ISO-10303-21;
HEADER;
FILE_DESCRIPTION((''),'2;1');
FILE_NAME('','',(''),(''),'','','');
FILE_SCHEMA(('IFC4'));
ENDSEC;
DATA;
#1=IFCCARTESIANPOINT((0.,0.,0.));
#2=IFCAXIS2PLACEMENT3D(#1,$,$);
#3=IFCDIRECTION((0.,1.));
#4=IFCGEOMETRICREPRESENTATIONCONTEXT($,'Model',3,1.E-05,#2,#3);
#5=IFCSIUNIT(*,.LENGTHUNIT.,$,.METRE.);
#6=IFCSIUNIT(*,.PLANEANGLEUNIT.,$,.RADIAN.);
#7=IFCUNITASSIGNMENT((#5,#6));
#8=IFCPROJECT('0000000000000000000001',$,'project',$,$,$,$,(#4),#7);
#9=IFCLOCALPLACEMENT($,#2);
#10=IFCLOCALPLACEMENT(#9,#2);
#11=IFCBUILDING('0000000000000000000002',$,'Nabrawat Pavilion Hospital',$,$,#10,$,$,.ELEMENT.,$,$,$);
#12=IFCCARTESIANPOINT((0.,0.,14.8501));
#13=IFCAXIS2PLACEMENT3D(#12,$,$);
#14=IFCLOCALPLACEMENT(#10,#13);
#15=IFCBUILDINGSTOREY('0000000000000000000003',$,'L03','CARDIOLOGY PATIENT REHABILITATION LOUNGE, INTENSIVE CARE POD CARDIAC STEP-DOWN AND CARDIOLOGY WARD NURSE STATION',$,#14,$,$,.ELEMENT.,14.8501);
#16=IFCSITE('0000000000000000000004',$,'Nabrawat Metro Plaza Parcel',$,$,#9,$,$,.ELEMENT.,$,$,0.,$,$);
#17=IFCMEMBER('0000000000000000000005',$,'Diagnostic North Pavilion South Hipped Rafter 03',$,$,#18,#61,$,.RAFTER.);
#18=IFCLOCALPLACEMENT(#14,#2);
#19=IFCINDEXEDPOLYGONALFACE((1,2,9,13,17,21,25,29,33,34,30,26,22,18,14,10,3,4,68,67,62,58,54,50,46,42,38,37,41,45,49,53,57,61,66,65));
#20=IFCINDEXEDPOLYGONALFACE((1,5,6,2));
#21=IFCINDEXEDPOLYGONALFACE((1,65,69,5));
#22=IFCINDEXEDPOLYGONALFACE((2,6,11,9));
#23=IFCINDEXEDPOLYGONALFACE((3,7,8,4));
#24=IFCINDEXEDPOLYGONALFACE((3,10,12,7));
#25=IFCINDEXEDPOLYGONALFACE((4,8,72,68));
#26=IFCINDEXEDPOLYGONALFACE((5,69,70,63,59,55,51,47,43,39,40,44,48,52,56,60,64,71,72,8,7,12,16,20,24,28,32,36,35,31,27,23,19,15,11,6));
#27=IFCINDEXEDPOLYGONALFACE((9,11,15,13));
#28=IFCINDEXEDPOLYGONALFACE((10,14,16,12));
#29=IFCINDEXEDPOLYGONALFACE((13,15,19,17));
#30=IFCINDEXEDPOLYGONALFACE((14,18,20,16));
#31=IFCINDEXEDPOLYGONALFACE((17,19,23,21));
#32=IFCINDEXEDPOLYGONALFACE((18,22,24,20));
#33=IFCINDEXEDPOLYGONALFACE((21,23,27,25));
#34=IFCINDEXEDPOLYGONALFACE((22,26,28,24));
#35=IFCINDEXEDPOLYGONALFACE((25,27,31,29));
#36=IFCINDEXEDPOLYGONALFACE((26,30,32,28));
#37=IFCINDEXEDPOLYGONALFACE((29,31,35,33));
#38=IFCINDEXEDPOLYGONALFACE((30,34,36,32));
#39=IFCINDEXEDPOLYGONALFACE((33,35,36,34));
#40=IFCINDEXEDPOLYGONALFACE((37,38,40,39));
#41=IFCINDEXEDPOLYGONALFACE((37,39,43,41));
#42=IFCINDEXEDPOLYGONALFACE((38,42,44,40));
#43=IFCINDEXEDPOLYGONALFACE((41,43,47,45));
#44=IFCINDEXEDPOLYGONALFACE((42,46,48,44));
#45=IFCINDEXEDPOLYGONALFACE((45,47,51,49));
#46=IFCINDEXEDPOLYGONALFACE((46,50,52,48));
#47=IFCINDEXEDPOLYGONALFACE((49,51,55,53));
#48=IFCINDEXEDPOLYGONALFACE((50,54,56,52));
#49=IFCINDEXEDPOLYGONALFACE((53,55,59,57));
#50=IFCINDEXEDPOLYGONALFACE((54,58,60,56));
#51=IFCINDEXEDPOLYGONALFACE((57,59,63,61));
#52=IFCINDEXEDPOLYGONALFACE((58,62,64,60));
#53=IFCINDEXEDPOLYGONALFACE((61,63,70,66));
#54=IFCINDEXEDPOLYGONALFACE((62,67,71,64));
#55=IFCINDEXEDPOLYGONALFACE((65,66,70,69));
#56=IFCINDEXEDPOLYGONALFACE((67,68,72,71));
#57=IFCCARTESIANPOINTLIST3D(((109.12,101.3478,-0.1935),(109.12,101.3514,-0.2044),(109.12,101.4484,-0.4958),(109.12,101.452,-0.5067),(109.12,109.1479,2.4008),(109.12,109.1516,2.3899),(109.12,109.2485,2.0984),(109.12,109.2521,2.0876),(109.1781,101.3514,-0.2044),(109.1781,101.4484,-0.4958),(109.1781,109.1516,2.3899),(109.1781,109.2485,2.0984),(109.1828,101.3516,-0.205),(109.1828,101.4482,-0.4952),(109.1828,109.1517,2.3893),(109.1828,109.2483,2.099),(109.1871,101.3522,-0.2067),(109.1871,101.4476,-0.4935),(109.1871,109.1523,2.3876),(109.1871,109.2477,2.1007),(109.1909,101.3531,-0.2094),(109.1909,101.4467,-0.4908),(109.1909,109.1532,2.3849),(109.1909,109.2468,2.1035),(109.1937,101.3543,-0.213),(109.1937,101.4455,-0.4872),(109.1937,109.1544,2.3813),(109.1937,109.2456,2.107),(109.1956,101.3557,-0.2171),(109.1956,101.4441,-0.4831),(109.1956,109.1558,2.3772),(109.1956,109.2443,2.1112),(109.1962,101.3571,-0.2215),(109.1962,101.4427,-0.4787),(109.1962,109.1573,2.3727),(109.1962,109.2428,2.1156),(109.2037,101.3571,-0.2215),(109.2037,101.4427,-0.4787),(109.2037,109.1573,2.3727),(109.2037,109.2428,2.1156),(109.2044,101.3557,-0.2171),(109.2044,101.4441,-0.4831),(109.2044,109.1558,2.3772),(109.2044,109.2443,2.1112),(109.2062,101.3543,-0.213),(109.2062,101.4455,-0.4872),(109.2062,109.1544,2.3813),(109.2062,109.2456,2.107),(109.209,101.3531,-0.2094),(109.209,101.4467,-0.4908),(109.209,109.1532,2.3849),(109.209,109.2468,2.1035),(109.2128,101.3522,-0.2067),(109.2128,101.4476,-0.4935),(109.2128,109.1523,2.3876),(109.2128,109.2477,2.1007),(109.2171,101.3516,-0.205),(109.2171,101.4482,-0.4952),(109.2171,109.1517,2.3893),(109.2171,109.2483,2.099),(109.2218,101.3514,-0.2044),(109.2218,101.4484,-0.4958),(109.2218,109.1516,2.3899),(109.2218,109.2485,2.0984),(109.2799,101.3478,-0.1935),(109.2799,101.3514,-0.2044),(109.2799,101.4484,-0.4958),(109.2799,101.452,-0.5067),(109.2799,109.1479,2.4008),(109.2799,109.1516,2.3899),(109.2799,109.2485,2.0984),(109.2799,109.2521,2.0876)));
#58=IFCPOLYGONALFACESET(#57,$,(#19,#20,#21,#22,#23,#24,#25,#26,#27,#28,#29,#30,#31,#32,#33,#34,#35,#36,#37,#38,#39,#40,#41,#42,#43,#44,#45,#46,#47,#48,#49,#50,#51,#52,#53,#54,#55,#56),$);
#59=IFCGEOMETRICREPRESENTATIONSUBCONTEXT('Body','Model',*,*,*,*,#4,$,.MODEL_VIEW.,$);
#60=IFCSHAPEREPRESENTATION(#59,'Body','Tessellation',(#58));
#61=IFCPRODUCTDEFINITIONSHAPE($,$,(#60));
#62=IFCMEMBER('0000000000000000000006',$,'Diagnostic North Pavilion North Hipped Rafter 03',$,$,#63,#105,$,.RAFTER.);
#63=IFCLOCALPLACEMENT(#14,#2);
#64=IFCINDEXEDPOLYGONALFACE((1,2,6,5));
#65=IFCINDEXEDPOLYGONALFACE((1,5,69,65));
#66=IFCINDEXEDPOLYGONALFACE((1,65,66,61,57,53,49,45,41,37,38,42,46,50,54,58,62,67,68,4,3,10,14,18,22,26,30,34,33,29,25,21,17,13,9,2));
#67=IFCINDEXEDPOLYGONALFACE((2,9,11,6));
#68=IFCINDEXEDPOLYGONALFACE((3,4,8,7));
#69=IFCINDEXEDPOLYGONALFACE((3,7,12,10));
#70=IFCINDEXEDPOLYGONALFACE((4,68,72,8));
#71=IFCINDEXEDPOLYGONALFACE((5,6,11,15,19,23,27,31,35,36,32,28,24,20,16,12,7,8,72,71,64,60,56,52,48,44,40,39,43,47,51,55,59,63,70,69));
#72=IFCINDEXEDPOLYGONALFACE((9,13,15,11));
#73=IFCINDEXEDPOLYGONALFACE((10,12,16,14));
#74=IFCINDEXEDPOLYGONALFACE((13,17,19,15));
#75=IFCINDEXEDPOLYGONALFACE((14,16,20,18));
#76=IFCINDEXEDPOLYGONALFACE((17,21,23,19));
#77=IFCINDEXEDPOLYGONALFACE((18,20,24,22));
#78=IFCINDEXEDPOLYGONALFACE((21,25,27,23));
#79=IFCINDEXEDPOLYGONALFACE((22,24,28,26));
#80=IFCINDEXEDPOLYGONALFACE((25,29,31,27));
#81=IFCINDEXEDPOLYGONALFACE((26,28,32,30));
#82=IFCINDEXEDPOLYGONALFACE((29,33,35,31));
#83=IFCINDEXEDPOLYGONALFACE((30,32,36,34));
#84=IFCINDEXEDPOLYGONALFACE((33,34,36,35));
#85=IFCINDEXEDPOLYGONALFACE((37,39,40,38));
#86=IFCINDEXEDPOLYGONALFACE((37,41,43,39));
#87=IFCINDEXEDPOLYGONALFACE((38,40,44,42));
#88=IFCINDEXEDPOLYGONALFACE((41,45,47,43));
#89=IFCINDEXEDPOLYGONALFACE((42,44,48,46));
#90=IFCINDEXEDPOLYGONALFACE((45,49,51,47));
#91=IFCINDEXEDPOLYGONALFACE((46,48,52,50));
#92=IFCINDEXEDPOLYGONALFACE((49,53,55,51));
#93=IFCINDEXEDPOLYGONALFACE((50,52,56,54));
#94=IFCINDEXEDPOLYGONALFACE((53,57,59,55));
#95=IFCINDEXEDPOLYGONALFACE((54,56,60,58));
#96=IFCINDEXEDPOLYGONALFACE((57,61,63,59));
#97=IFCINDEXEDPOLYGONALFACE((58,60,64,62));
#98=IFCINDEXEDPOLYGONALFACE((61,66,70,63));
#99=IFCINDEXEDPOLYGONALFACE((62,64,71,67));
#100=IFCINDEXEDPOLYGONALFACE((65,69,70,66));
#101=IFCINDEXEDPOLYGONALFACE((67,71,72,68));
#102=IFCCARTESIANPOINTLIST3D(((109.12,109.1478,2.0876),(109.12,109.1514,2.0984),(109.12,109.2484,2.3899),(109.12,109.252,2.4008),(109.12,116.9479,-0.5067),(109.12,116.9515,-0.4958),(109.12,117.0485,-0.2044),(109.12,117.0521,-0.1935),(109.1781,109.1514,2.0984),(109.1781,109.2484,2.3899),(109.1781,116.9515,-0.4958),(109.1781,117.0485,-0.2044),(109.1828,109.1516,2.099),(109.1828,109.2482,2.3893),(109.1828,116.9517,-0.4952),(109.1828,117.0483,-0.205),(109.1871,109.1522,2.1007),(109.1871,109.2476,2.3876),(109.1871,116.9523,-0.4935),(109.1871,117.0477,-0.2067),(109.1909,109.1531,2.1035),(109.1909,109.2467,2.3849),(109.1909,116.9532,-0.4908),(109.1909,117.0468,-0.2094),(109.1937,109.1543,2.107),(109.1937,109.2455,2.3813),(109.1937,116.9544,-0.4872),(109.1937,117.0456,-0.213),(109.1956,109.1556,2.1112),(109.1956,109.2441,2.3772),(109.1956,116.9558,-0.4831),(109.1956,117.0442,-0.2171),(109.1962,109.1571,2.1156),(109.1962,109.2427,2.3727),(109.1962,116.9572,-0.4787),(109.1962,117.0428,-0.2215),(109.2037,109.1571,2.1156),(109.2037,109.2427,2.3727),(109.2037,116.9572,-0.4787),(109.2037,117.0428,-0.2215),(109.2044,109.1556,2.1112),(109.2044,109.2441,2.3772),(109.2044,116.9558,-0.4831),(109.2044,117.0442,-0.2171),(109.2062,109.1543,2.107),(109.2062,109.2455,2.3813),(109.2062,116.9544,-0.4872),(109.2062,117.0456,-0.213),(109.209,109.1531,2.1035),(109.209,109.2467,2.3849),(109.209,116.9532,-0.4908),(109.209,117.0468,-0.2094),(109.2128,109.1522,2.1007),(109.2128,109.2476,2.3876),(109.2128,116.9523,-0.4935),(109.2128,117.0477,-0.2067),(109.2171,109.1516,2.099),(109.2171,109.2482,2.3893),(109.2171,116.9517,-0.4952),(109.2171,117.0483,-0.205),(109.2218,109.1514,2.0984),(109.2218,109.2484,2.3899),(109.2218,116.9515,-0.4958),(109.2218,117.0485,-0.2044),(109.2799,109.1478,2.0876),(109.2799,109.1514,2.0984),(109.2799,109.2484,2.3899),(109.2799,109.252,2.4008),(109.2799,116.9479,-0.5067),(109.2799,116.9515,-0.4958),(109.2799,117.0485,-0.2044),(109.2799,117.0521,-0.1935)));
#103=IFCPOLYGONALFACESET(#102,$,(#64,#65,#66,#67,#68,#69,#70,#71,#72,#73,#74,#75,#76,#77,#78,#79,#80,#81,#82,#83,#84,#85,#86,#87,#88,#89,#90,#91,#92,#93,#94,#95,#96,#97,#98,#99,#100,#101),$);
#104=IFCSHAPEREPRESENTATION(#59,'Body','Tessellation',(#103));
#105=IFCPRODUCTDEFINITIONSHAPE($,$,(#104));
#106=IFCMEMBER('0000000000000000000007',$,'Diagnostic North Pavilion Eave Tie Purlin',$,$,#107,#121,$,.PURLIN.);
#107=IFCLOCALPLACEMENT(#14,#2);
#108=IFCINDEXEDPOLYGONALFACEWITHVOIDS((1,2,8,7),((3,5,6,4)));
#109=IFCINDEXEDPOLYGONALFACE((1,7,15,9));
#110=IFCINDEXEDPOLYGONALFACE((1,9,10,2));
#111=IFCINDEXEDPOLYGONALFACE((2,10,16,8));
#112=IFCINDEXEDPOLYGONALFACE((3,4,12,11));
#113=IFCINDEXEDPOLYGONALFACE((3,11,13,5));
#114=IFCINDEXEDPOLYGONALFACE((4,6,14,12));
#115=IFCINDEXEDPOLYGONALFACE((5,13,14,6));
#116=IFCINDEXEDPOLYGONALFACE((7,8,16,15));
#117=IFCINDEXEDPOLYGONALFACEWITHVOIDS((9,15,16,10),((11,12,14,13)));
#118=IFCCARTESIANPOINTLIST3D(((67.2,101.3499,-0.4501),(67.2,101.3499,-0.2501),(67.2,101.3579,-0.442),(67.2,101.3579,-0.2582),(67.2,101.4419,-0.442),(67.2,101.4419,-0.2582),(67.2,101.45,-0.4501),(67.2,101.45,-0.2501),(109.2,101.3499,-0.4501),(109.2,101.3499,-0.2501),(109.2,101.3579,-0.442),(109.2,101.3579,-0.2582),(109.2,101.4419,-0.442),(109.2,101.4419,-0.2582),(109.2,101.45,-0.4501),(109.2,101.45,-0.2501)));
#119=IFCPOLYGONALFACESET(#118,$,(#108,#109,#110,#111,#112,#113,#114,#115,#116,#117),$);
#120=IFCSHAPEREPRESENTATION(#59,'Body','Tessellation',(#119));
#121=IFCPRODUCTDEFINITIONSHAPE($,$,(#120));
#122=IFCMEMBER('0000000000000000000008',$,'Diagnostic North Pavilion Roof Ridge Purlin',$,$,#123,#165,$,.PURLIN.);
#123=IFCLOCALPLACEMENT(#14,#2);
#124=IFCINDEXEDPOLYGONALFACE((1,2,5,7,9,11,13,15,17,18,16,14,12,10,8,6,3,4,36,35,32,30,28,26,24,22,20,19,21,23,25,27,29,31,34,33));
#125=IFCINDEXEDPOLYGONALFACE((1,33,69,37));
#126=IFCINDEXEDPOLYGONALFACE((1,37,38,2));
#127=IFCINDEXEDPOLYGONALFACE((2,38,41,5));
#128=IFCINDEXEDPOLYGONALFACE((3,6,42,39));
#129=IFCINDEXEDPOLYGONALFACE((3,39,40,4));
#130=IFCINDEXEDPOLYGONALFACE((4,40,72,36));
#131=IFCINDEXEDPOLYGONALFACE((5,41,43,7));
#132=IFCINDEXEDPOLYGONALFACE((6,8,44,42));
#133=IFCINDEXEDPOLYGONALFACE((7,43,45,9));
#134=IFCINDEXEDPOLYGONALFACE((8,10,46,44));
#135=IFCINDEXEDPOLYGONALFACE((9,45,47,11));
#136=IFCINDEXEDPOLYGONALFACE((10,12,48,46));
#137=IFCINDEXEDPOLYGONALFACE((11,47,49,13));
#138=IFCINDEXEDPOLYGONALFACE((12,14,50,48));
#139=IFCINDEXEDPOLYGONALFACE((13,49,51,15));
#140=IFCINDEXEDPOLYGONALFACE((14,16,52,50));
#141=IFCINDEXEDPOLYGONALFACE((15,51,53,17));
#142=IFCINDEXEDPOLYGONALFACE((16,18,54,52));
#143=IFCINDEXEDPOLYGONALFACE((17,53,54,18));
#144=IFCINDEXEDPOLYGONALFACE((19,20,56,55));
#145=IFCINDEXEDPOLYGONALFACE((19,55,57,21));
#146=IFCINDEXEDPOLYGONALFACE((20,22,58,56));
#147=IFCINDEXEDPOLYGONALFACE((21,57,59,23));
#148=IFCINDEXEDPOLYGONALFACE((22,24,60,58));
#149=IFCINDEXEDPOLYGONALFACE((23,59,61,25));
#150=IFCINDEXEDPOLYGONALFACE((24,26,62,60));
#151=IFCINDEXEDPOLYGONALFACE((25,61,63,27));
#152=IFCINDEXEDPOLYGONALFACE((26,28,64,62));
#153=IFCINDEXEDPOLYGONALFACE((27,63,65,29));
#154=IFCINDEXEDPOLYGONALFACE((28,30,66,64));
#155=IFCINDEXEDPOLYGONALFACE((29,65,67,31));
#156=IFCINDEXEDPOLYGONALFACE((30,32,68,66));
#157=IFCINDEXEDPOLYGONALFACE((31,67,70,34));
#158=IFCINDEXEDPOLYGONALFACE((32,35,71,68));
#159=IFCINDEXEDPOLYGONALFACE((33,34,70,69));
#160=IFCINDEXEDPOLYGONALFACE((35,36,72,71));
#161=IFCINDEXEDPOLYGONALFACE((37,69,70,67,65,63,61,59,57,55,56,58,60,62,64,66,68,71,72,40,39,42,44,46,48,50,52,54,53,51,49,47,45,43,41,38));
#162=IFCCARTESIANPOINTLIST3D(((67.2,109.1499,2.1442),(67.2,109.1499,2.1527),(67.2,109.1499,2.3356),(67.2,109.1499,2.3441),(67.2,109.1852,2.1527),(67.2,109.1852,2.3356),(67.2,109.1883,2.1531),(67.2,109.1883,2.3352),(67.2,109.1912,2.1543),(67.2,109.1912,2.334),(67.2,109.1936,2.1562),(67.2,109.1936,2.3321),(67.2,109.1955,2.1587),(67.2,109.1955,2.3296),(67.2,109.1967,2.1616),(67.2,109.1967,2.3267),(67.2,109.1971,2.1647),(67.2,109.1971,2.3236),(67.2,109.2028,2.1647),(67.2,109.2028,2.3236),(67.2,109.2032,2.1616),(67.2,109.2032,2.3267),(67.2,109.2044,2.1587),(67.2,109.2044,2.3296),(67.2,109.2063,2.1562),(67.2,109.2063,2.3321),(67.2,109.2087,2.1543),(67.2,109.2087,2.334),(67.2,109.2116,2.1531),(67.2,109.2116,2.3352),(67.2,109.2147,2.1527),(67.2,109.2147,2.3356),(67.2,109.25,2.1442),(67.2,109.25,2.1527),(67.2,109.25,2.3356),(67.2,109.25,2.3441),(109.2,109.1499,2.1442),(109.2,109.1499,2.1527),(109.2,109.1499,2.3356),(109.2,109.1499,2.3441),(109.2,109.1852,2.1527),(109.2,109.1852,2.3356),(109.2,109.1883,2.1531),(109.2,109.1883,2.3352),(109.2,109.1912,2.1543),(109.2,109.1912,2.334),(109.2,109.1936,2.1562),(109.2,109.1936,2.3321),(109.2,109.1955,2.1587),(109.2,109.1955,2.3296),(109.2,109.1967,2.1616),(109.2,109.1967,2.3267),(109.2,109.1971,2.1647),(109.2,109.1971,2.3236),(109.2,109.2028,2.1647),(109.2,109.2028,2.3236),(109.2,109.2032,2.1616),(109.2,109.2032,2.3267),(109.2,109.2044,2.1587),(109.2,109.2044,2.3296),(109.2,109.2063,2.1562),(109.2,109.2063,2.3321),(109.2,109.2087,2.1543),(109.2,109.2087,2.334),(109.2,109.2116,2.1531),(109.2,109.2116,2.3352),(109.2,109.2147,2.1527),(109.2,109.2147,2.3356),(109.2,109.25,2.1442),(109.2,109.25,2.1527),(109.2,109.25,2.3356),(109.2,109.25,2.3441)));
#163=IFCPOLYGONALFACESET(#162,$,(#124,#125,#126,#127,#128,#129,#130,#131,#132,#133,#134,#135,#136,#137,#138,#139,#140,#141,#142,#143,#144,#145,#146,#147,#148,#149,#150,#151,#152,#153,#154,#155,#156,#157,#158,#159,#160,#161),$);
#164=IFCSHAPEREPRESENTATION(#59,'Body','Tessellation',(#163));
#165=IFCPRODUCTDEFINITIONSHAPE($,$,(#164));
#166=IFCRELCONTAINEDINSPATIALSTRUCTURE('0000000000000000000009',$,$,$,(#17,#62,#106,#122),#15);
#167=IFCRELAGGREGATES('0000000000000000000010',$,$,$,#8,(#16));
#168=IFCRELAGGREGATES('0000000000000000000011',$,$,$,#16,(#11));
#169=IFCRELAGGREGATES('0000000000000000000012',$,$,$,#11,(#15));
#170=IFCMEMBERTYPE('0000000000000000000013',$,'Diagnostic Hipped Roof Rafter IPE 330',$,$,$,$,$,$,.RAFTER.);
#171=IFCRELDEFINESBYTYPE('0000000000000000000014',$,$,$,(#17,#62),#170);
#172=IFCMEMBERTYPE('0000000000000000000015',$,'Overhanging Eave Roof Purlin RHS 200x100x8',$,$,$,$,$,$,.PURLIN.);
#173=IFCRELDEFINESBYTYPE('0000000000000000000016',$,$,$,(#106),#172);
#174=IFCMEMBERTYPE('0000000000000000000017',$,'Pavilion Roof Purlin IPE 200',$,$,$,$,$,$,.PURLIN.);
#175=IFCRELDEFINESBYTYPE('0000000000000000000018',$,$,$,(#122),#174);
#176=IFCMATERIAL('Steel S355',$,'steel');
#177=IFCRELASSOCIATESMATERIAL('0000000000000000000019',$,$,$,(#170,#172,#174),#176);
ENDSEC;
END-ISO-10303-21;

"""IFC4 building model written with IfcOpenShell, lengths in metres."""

from ifc_helpers import new_model, si_unit, direction, frame, origin, origin_2d, place, context, subcontext, project, spatial, hollow_rectangle, i_section, extrude, material, material_profile, profile_set, type_object, element, save


model = new_model("IFC4")

# Units and contexts
model_context = context("Model", 3, precision=1e-05, world=origin(), true_north=direction((0.0, 1.0)))
body_context = subcontext(model_context, "Body", "Model", "MODEL_VIEW")
ifc_project = project(units=[si_unit("LENGTHUNIT", "METRE"), si_unit("PLANEANGLEUNIT", "RADIAN")], contexts=[model_context])

# Site, building, storey
site_placement = place(None, origin())
site = spatial("IfcSite", under=ifc_project, at=site_placement, Name="Nabrawat Metro Plaza Parcel", CompositionType="ELEMENT", RefElevation=0.0)
building_placement = place(site_placement, origin())
building = spatial("IfcBuilding", under=site, at=building_placement, Name="Nabrawat Pavilion Hospital", CompositionType="ELEMENT")
storey_placement = place(building_placement, frame((0.0, 0.0, 14.8501)))
storey = spatial("IfcBuildingStorey", under=building, at=storey_placement, Name="L03", Description="CARDIOLOGY PATIENT REHABILITATION LOUNGE, INTENSIVE CARE POD CARDIAC STEP-DOWN AND CARDIOLOGY WARD NURSE STATION", CompositionType="ELEMENT", Elevation=14.8501)

# Shared definitions
ifc_material_1 = material(Name="Steel S355", Category="steel")

# Members
ifc_material_profile_1 = material_profile(ifc_material_1, i_section(OverallWidth=0.1599, OverallDepth=0.3301, WebThickness=0.0076, FlangeThickness=0.0115, FilletRadius=0.0181, at=origin_2d()), Name="IPE 330")
ifc_profile_set_1 = profile_set([ifc_material_profile_1], Name="Steel S355")
member_type_1 = type_object("IfcMemberType", Name="Diagnostic Hipped Roof Rafter IPE 330", PredefinedType="RAFTER", material=ifc_profile_set_1)
for number, where, z_axis, x_axis, name in (
    (1, (109.2, 101.3999, -0.3501), (0.0, 0.948894, 0.315595), (-1.0, 0.0, 0.0), "Diagnostic North Pavilion South Hipped Rafter 03"),
    (2, (109.2, 117.0, -0.3501), (0.0, -0.948894, 0.315595), (1.0, 0.0, 0.0), "Diagnostic North Pavilion North Hipped Rafter 03"),
):
    element("IfcMember", number, at=place(storey_placement, frame(where, z_axis=z_axis, x_axis=x_axis)), inside=storey, type_object=member_type_1, Name=name, PredefinedType="RAFTER", context=body_context, shape_type="SweptSolid", body=[
        extrude(i_section(OverallWidth=0.1599, OverallDepth=0.3301, WebThickness=0.0076, FlangeThickness=0.0115, FilletRadius=0.0181, at=origin_2d()), origin(), (0.0, 0.0, 1.0), 8.2202),
    ])
ifc_material_profile_2 = material_profile(ifc_material_1, hollow_rectangle(XDim=0.1001, YDim=0.2, WallThickness=0.0081, at=origin_2d()), Name="RHS 200x100x8")
ifc_profile_set_2 = profile_set([ifc_material_profile_2], Name="Steel S355")
member_type_2 = type_object("IfcMemberType", Name="Overhanging Eave Roof Purlin RHS 200x100x8", PredefinedType="PURLIN", material=ifc_profile_set_2)
member_1_placement = place(storey_placement, frame((67.2, 101.3999, -0.3501), z_axis=(1.0, 0.0, 0.0), x_axis=(0.0, 1.0, 0.0)))
element("IfcMember", 3, at=member_1_placement, inside=storey, type_object=member_type_2, Name="Diagnostic North Pavilion Eave Tie Purlin", PredefinedType="PURLIN", context=body_context, shape_type="SweptSolid", body=[
    extrude(hollow_rectangle(XDim=0.1001, YDim=0.2, WallThickness=0.0081, at=origin_2d()), origin(), (0.0, 0.0, 1.0), 42.0),
])
ifc_material_profile_3 = material_profile(ifc_material_1, i_section(OverallWidth=0.1001, OverallDepth=0.2, WebThickness=0.0056, FlangeThickness=0.0085, FilletRadius=0.012, at=origin_2d()), Name="IPE 200")
ifc_profile_set_3 = profile_set([ifc_material_profile_3], Name="Steel S355")
member_type_3 = type_object("IfcMemberType", Name="Pavilion Roof Purlin IPE 200", PredefinedType="PURLIN", material=ifc_profile_set_3)
member_2_placement = place(storey_placement, frame((67.2, 109.2, 2.2441), z_axis=(1.0, 0.0, 0.0), x_axis=(0.0, 1.0, 0.0)))
element("IfcMember", 4, at=member_2_placement, inside=storey, type_object=member_type_3, Name="Diagnostic North Pavilion Roof Ridge Purlin", PredefinedType="PURLIN", context=body_context, shape_type="SweptSolid", body=[
    extrude(i_section(OverallWidth=0.1001, OverallDepth=0.2, WebThickness=0.0056, FlangeThickness=0.0085, FilletRadius=0.012, at=origin_2d()), origin(), (0.0, 0.0, 1.0), 42.0),
])

save(model, "model.ifc")
